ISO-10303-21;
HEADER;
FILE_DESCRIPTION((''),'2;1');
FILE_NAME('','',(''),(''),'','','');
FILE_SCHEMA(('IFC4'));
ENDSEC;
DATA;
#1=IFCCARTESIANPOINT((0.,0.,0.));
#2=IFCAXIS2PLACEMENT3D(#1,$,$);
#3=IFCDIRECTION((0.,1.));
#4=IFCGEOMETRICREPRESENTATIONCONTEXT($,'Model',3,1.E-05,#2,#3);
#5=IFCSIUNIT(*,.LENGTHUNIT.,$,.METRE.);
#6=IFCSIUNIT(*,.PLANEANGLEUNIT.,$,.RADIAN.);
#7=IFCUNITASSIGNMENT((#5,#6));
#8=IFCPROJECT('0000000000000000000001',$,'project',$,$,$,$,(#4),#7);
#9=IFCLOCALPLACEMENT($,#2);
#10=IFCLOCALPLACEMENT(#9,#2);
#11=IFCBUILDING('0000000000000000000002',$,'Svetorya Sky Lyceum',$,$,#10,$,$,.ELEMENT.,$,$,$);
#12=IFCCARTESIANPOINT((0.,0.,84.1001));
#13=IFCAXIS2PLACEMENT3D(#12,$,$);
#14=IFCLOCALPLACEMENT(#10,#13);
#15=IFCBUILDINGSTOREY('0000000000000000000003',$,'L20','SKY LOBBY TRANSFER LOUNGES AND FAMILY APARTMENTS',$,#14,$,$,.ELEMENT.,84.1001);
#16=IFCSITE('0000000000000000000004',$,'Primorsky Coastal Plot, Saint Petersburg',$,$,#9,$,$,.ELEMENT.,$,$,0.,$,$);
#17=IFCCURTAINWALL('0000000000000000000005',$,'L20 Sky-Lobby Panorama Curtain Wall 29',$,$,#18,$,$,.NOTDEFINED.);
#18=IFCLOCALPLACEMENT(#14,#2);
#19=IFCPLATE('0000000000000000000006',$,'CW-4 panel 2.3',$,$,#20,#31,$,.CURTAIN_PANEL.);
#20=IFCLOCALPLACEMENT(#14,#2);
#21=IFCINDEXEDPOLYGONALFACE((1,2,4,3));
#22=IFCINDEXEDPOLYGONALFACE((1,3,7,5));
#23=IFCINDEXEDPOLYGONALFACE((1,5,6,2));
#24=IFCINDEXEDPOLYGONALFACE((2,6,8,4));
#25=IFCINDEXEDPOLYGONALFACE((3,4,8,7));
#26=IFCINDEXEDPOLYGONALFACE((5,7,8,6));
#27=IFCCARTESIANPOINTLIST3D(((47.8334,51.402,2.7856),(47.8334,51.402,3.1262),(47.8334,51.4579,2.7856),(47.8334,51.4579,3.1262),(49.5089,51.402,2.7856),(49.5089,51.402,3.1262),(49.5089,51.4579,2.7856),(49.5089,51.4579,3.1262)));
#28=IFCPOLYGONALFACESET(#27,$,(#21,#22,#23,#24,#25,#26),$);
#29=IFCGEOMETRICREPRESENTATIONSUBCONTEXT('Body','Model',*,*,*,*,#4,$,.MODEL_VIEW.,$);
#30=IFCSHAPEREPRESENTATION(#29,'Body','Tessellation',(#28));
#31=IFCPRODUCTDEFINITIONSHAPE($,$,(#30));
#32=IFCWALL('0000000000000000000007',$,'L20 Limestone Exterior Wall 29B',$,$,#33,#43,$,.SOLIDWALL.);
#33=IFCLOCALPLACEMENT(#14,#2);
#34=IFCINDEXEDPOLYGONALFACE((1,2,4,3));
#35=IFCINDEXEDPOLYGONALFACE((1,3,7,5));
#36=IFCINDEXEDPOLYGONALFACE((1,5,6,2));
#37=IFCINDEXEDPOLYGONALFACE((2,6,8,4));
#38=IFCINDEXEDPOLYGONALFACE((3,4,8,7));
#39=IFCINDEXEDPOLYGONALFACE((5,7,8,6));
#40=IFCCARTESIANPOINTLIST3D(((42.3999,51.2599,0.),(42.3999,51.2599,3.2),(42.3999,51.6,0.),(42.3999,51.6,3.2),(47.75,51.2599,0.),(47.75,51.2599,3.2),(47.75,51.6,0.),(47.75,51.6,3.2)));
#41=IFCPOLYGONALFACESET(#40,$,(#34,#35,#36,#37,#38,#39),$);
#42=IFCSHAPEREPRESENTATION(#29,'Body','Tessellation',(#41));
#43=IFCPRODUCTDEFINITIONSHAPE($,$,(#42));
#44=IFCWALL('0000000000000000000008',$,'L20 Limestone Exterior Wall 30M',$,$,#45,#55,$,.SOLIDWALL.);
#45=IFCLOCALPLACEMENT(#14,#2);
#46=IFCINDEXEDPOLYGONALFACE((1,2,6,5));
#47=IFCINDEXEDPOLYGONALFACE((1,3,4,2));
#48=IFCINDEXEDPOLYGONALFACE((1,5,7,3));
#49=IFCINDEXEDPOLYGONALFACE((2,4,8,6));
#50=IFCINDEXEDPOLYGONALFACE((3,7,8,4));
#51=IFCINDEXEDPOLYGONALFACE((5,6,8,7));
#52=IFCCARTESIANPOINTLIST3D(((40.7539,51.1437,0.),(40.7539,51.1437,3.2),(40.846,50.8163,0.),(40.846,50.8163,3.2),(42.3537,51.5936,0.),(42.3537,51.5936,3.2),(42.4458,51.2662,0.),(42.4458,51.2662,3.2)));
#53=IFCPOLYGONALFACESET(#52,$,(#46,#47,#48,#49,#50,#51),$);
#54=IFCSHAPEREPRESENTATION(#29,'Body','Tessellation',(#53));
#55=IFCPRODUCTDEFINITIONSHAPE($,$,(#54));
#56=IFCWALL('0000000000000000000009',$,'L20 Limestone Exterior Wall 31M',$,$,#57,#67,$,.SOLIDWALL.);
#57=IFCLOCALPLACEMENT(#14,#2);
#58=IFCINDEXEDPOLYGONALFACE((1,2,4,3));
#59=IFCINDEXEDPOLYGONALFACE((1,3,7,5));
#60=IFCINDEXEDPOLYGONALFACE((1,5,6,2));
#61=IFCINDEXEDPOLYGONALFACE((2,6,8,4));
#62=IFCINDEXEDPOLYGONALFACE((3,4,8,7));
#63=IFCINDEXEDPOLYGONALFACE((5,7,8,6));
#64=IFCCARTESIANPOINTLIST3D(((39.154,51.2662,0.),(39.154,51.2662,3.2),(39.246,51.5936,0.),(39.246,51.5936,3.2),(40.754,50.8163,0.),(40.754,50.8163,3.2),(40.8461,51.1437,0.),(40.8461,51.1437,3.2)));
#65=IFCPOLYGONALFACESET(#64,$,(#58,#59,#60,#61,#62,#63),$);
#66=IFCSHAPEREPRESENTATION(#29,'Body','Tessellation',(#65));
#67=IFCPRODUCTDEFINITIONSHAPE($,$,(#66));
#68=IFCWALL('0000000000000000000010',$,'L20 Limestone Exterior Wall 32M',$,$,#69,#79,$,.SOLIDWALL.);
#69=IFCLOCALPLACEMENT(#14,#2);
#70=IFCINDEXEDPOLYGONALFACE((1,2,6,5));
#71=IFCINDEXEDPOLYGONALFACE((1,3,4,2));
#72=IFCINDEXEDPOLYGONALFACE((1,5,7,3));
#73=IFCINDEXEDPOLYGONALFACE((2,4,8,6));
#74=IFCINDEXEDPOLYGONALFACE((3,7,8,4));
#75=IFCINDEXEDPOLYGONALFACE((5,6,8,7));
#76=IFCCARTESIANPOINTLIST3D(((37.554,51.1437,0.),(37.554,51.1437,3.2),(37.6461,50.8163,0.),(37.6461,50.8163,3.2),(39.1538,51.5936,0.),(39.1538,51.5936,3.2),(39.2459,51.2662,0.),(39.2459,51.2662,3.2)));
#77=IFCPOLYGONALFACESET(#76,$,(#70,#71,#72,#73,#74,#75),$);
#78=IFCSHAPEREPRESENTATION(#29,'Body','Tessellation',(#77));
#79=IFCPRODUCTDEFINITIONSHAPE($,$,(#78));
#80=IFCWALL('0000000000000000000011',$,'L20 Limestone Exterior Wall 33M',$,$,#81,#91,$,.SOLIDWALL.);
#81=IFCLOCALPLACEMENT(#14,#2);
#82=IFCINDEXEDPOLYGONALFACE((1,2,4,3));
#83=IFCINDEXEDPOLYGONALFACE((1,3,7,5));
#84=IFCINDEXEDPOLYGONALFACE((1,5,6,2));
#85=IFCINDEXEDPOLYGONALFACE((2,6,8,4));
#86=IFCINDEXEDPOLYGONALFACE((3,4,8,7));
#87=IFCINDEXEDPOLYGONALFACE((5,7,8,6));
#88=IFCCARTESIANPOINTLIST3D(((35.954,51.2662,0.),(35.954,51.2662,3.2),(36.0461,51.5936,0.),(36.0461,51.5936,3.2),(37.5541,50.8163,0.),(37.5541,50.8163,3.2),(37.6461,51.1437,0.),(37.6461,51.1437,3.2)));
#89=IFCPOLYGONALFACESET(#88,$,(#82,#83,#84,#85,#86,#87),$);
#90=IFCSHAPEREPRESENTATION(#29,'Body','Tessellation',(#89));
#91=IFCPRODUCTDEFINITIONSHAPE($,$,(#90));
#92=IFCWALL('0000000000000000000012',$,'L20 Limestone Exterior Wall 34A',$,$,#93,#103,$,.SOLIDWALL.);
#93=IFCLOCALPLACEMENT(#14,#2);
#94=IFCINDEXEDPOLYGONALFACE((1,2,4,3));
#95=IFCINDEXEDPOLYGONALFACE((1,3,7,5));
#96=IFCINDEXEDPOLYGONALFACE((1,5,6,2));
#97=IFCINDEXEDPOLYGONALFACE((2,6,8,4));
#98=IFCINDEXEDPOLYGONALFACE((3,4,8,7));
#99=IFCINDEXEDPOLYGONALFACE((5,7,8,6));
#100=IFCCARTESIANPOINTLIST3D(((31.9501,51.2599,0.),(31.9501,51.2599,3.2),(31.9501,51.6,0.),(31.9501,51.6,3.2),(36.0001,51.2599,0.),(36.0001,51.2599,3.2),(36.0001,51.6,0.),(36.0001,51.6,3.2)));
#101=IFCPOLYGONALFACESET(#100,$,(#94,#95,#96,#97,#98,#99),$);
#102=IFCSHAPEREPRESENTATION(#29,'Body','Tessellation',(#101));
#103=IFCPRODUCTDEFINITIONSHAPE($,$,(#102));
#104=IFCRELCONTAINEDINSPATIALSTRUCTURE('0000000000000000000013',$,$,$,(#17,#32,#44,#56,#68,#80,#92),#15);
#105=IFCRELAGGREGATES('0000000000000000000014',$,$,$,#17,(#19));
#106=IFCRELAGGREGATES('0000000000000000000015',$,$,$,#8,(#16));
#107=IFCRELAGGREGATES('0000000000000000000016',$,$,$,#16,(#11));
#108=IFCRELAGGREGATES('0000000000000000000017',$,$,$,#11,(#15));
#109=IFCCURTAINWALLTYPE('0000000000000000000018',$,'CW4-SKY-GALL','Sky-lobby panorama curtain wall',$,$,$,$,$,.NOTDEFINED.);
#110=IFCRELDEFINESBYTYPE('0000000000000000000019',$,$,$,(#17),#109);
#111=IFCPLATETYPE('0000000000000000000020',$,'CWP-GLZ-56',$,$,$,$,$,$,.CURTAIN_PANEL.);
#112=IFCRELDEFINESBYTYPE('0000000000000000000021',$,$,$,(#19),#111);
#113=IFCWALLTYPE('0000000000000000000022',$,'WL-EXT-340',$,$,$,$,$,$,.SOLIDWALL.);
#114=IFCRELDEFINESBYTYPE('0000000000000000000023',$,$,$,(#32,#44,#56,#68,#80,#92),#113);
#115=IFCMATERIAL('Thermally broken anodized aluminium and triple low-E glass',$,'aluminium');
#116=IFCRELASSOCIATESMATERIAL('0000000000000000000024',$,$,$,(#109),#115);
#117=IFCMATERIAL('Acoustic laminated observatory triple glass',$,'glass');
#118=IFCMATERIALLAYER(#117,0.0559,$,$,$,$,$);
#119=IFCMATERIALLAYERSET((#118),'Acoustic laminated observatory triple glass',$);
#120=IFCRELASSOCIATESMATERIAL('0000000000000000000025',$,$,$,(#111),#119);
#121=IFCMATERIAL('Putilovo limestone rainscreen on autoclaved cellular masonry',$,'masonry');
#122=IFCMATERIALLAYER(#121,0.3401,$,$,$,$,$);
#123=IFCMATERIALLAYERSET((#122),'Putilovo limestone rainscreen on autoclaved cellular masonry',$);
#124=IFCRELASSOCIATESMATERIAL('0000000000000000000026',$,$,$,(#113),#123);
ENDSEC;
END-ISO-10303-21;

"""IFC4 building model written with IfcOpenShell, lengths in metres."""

from ifc_helpers import new_model, si_unit, direction, frame, frame_2d, origin, origin_2d, place, context, subcontext, project, spatial, rectangle, extrude, material, layer, layer_set, type_object, element, aggregate, save


model = new_model("IFC4")

# Units and contexts
model_context = context("Model", 3, precision=1e-05, world=origin(), true_north=direction((0.0, 1.0)))
body_context = subcontext(model_context, "Body", "Model", "MODEL_VIEW")
ifc_project = project(units=[si_unit("LENGTHUNIT", "METRE"), si_unit("PLANEANGLEUNIT", "RADIAN")], contexts=[model_context])

# Site, building, storey
site_placement = place(None, origin())
site = spatial("IfcSite", under=ifc_project, at=site_placement, Name="Primorsky Coastal Plot, Saint Petersburg", CompositionType="ELEMENT", RefElevation=0.0)
building_placement = place(site_placement, origin())
building = spatial("IfcBuilding", under=site, at=building_placement, Name="Svetorya Sky Lyceum", CompositionType="ELEMENT")
storey_placement = place(building_placement, frame((0.0, 0.0, 84.1001)))
storey = spatial("IfcBuildingStorey", under=building, at=storey_placement, Name="L20", Description="SKY LOBBY TRANSFER LOUNGES AND FAMILY APARTMENTS", CompositionType="ELEMENT", Elevation=84.1001)

# Curtain wall, plate
ifc_material_1 = material(Name="Thermally broken anodized aluminium and triple low-E glass", Category="aluminium")
curtain_wall_type = type_object("IfcCurtainWallType", Name="CW4-SKY-GALL", Description="Sky-lobby panorama curtain wall", PredefinedType="NOTDEFINED", material=ifc_material_1)
curtain_wall_placement = place(storey_placement, origin())
curtain_wall = element("IfcCurtainWall", 1, at=curtain_wall_placement, inside=storey, type_object=curtain_wall_type, Name="L20 Sky-Lobby Panorama Curtain Wall 29", PredefinedType="NOTDEFINED")
ifc_material_2 = material(Name="Acoustic laminated observatory triple glass", Category="glass")
ifc_layer_1 = layer(ifc_material_2, 0.0559)
ifc_layer_set_1 = layer_set([ifc_layer_1], Name="Acoustic laminated observatory triple glass")
plate_type = type_object("IfcPlateType", Name="CWP-GLZ-56", PredefinedType="CURTAIN_PANEL", material=ifc_layer_set_1)
plate_1_placement = place(storey_placement, frame((48.6711, 51.4299, 2.7856), z_axis=(0.0, 0.0, 1.0), x_axis=(-1.0, 0.0, 0.0)))
plate_1 = element("IfcPlate", 2, at=plate_1_placement, type_object=plate_type, Name="CW-4 panel 2.3", PredefinedType="CURTAIN_PANEL", context=body_context, shape_type="SweptSolid", body=[
    extrude(rectangle(XDim=1.6755, YDim=0.0559, at=origin_2d()), origin(), (0.0, 0.0, 1.0), 0.3406),
])
aggregate(curtain_wall, [plate_1])

# Walls
ifc_material_3 = material(Name="Putilovo limestone rainscreen on autoclaved cellular masonry", Category="masonry")
ifc_layer_2 = layer(ifc_material_3, 0.3401)
ifc_layer_set_2 = layer_set([ifc_layer_2], Name="Putilovo limestone rainscreen on autoclaved cellular masonry")
wall_type = type_object("IfcWallType", Name="WL-EXT-340", PredefinedType="SOLIDWALL", material=ifc_layer_set_2)
wall_1_placement = place(storey_placement, frame((47.75, 51.4299, 0.0), z_axis=(0.0, 0.0, 1.0), x_axis=(-1.0, 0.0, 0.0)))
element("IfcWall", 3, at=wall_1_placement, inside=storey, type_object=wall_type, Name="L20 Limestone Exterior Wall 29B", PredefinedType="SOLIDWALL", context=body_context, shape_type="SweptSolid", body=[
    extrude(rectangle(XDim=5.3501, YDim=0.3401, at=frame_2d((2.675, 0.0))), origin(), (0.0, 0.0, 1.0), 3.2),
])
wall_2_placement = place(storey_placement, frame((42.3999, 51.4299, 0.0), z_axis=(0.0, 0.0, 1.0), x_axis=(-0.962652, -0.270741, 0.0)))
element("IfcWall", 4, at=wall_2_placement, inside=storey, type_object=wall_type, Name="L20 Limestone Exterior Wall 30M", PredefinedType="SOLIDWALL", context=body_context, shape_type="SweptSolid", body=[
    extrude(rectangle(XDim=1.6619, YDim=0.3401, at=frame_2d((0.8311, 0.0))), origin(), (0.0, 0.0, 1.0), 3.2),
])
wall_3_placement = place(storey_placement, frame((40.8, 50.98, 0.0), z_axis=(0.0, 0.0, 1.0), x_axis=(-0.962663, 0.270703, 0.0)))
element("IfcWall", 5, at=wall_3_placement, inside=storey, type_object=wall_type, Name="L20 Limestone Exterior Wall 31M", PredefinedType="SOLIDWALL", context=body_context, shape_type="SweptSolid", body=[
    extrude(rectangle(XDim=1.6621, YDim=0.3401, at=frame_2d((0.8311, 0.0))), origin(), (0.0, 0.0, 1.0), 3.2),
])
wall_4_placement = place(storey_placement, frame((39.2, 51.4299, 0.0), z_axis=(0.0, 0.0, 1.0), x_axis=(-0.962652, -0.270741, 0.0)))
element("IfcWall", 6, at=wall_4_placement, inside=storey, type_object=wall_type, Name="L20 Limestone Exterior Wall 32M", PredefinedType="SOLIDWALL", context=body_context, shape_type="SweptSolid", body=[
    extrude(rectangle(XDim=1.6619, YDim=0.3401, at=frame_2d((0.8311, 0.0))), origin(), (0.0, 0.0, 1.0), 3.2),
])
wall_5_placement = place(storey_placement, frame((37.6001, 50.98, 0.0), z_axis=(0.0, 0.0, 1.0), x_axis=(-0.962663, 0.270703, 0.0)))
element("IfcWall", 7, at=wall_5_placement, inside=storey, type_object=wall_type, Name="L20 Limestone Exterior Wall 33M", PredefinedType="SOLIDWALL", context=body_context, shape_type="SweptSolid", body=[
    extrude(rectangle(XDim=1.6621, YDim=0.3401, at=frame_2d((0.8311, 0.0))), origin(), (0.0, 0.0, 1.0), 3.2),
])
wall_6_placement = place(storey_placement, frame((36.0, 51.4299, 0.0), z_axis=(0.0, 0.0, 1.0), x_axis=(-1.0, 0.0, 0.0)))
element("IfcWall", 8, at=wall_6_placement, inside=storey, type_object=wall_type, Name="L20 Limestone Exterior Wall 34A", PredefinedType="SOLIDWALL", context=body_context, shape_type="SweptSolid", body=[
    extrude(rectangle(XDim=4.05, YDim=0.3401, at=frame_2d((2.0249, 0.0))), origin(), (0.0, 0.0, 1.0), 3.2),
])

save(model, "model.ifc")
